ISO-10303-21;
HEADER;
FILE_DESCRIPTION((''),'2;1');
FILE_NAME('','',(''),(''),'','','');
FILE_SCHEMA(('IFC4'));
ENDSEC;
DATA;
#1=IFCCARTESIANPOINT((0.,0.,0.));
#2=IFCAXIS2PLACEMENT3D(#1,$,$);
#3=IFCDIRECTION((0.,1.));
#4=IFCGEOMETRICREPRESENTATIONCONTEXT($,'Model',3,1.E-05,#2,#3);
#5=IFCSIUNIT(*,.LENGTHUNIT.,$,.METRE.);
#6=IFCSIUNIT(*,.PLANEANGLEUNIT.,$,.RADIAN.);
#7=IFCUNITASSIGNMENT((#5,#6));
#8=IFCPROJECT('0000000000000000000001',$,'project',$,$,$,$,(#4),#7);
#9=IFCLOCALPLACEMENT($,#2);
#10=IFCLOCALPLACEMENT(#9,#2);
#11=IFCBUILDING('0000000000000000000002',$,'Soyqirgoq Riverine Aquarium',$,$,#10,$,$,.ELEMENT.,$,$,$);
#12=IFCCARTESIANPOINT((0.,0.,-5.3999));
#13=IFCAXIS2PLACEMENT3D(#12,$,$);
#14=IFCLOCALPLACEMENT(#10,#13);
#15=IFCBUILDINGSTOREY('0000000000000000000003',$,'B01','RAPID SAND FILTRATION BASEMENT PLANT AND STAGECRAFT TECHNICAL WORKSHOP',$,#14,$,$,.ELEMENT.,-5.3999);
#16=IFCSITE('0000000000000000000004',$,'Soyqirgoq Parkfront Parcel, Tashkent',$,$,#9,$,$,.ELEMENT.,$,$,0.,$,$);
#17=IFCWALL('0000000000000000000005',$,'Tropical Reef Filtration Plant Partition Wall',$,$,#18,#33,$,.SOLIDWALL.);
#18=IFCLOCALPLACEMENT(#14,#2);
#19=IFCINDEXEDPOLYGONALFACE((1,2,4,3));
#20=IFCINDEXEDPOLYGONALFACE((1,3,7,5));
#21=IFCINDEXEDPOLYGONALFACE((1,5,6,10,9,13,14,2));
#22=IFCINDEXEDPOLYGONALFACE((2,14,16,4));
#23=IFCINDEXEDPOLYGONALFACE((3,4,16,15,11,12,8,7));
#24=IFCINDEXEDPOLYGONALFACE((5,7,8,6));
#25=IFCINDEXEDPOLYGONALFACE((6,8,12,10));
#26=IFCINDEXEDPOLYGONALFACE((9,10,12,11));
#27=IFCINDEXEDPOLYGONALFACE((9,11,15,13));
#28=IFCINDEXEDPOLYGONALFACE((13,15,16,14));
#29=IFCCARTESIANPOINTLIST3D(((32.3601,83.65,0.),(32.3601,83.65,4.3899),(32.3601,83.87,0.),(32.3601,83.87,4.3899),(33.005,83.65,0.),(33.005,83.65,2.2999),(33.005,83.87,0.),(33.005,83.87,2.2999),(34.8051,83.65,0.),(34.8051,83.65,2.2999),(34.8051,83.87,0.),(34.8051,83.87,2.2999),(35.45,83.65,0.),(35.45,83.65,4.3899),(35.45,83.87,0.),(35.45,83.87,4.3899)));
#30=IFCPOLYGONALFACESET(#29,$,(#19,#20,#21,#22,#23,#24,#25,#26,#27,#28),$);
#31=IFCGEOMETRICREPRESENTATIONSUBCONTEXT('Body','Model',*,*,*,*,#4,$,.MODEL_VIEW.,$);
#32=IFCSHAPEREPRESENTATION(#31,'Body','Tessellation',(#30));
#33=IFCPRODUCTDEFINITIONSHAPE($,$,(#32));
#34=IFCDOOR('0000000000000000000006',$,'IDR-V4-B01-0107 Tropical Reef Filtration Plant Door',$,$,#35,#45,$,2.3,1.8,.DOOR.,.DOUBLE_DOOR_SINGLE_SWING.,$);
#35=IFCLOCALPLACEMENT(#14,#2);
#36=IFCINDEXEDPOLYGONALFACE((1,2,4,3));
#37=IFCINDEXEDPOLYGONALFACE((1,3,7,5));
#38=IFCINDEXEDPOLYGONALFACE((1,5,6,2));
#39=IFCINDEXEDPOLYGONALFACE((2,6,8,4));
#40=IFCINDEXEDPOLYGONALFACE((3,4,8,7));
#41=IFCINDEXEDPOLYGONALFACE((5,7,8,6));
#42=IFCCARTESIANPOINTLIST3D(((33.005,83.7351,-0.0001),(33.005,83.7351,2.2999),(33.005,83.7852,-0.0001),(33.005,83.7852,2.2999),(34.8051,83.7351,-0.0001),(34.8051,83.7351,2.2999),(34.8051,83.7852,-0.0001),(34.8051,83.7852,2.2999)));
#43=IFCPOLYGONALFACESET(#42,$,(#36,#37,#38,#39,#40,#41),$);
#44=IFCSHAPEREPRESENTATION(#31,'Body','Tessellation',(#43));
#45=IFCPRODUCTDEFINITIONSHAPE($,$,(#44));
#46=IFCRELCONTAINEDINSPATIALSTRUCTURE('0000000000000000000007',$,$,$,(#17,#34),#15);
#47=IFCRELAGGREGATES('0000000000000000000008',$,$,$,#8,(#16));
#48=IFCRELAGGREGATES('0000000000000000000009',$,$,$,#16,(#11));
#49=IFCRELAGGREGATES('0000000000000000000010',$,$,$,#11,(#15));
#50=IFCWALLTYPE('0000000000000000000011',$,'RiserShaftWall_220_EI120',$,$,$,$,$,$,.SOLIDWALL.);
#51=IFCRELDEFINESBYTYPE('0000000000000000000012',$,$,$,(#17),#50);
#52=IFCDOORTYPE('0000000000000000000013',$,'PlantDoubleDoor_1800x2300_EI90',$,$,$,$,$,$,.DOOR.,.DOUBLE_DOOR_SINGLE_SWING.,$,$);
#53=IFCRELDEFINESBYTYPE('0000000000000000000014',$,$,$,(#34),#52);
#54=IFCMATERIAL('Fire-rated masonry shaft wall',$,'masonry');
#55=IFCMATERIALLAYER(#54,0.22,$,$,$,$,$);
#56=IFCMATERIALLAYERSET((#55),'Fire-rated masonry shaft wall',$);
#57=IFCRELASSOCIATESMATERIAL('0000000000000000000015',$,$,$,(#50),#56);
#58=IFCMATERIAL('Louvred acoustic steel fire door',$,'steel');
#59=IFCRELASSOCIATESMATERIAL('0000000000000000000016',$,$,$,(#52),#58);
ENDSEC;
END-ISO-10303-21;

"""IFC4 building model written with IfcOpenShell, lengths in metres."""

from ifc_helpers import new_model, si_unit, direction, frame, frame_2d, origin, place, context, subcontext, project, spatial, rectangle, extrude, material, layer, layer_set, type_object, element, fill, save


model = new_model("IFC4")

# Units and contexts
model_context = context("Model", 3, precision=1e-05, world=origin(), true_north=direction((0.0, 1.0)))
body_context = subcontext(model_context, "Body", "Model", "MODEL_VIEW")
ifc_project = project(units=[si_unit("LENGTHUNIT", "METRE"), si_unit("PLANEANGLEUNIT", "RADIAN")], contexts=[model_context])

# Site, building, storey
site_placement = place(None, origin())
site = spatial("IfcSite", under=ifc_project, at=site_placement, Name="Soyqirgoq Parkfront Parcel, Tashkent", CompositionType="ELEMENT", RefElevation=0.0)
building_placement = place(site_placement, origin())
building = spatial("IfcBuilding", under=site, at=building_placement, Name="Soyqirgoq Riverine Aquarium", CompositionType="ELEMENT")
storey_placement = place(building_placement, frame((0.0, 0.0, -5.3999)))
storey = spatial("IfcBuildingStorey", under=building, at=storey_placement, Name="B01", Description="RAPID SAND FILTRATION BASEMENT PLANT AND STAGECRAFT TECHNICAL WORKSHOP", CompositionType="ELEMENT", Elevation=-5.3999)

# Wall, opening, door
ifc_material_1 = material(Name="Fire-rated masonry shaft wall", Category="masonry")
ifc_layer_1 = layer(ifc_material_1, 0.22)
ifc_layer_set_1 = layer_set([ifc_layer_1], Name="Fire-rated masonry shaft wall")
wall_type_1 = type_object("IfcWallType", Name="RiserShaftWall_220_EI120", PredefinedType="SOLIDWALL", material=ifc_layer_set_1)
wall_1_placement = place(storey_placement, frame((35.45, 83.76, 0.0), z_axis=(0.0, 0.0, 1.0), x_axis=(-1.0, 0.0, 0.0)))
wall_1 = element("IfcWall", 1, at=wall_1_placement, inside=storey, type_object=wall_type_1, Name="Tropical Reef Filtration Plant Partition Wall", PredefinedType="SOLIDWALL", context=body_context, shape_type="SweptSolid", body=[
    extrude(rectangle(XDim=3.0898, YDim=0.22, at=frame_2d((1.5449, 0.0))), origin(), (0.0, 0.0, 1.0), 4.3899),
])
opening_1_placement = place(wall_1_placement, frame((0.645, 0.0, 0.0)))
opening_1 = element("IfcOpeningElement", 2, at=opening_1_placement, cuts=wall_1, PredefinedType="OPENING", context=body_context, shape_type="SweptSolid", body=[
    extrude(rectangle(XDim=1.8, YDim=2.3, at=frame_2d((0.8999, 1.1499))), frame((0.0, 0.1201, 0.0), z_axis=(0.0, -1.0, 0.0), x_axis=(1.0, 0.0, 0.0)), (0.0, 0.0, 1.0), 0.24),
])
ifc_material_2 = material(Name="Louvred acoustic steel fire door", Category="steel")
door_type_1 = type_object("IfcDoorType", Name="PlantDoubleDoor_1800x2300_EI90", OperationType="DOUBLE_DOOR_SINGLE_SWING", PredefinedType="DOOR", material=ifc_material_2)
door_1_placement = place(opening_1_placement, origin())
door_1 = element("IfcDoor", 3, at=door_1_placement, inside=storey, type_object=door_type_1, Name="IDR-V4-B01-0107 Tropical Reef Filtration Plant Door", OperationType="DOUBLE_DOOR_SINGLE_SWING", OverallHeight=2.3, OverallWidth=1.8, PredefinedType="DOOR", context=body_context, shape_type="SweptSolid", body=[
    extrude(rectangle(XDim=1.8, YDim=2.3, at=frame_2d((0.8999, 1.1499))), frame((0.0, 0.0249, 0.0), z_axis=(0.0, -1.0, 0.0), x_axis=(1.0, 0.0, 0.0)), (0.0, 0.0, 1.0), 0.05),
])
fill(opening_1, door_1)

save(model, "model.ifc")
